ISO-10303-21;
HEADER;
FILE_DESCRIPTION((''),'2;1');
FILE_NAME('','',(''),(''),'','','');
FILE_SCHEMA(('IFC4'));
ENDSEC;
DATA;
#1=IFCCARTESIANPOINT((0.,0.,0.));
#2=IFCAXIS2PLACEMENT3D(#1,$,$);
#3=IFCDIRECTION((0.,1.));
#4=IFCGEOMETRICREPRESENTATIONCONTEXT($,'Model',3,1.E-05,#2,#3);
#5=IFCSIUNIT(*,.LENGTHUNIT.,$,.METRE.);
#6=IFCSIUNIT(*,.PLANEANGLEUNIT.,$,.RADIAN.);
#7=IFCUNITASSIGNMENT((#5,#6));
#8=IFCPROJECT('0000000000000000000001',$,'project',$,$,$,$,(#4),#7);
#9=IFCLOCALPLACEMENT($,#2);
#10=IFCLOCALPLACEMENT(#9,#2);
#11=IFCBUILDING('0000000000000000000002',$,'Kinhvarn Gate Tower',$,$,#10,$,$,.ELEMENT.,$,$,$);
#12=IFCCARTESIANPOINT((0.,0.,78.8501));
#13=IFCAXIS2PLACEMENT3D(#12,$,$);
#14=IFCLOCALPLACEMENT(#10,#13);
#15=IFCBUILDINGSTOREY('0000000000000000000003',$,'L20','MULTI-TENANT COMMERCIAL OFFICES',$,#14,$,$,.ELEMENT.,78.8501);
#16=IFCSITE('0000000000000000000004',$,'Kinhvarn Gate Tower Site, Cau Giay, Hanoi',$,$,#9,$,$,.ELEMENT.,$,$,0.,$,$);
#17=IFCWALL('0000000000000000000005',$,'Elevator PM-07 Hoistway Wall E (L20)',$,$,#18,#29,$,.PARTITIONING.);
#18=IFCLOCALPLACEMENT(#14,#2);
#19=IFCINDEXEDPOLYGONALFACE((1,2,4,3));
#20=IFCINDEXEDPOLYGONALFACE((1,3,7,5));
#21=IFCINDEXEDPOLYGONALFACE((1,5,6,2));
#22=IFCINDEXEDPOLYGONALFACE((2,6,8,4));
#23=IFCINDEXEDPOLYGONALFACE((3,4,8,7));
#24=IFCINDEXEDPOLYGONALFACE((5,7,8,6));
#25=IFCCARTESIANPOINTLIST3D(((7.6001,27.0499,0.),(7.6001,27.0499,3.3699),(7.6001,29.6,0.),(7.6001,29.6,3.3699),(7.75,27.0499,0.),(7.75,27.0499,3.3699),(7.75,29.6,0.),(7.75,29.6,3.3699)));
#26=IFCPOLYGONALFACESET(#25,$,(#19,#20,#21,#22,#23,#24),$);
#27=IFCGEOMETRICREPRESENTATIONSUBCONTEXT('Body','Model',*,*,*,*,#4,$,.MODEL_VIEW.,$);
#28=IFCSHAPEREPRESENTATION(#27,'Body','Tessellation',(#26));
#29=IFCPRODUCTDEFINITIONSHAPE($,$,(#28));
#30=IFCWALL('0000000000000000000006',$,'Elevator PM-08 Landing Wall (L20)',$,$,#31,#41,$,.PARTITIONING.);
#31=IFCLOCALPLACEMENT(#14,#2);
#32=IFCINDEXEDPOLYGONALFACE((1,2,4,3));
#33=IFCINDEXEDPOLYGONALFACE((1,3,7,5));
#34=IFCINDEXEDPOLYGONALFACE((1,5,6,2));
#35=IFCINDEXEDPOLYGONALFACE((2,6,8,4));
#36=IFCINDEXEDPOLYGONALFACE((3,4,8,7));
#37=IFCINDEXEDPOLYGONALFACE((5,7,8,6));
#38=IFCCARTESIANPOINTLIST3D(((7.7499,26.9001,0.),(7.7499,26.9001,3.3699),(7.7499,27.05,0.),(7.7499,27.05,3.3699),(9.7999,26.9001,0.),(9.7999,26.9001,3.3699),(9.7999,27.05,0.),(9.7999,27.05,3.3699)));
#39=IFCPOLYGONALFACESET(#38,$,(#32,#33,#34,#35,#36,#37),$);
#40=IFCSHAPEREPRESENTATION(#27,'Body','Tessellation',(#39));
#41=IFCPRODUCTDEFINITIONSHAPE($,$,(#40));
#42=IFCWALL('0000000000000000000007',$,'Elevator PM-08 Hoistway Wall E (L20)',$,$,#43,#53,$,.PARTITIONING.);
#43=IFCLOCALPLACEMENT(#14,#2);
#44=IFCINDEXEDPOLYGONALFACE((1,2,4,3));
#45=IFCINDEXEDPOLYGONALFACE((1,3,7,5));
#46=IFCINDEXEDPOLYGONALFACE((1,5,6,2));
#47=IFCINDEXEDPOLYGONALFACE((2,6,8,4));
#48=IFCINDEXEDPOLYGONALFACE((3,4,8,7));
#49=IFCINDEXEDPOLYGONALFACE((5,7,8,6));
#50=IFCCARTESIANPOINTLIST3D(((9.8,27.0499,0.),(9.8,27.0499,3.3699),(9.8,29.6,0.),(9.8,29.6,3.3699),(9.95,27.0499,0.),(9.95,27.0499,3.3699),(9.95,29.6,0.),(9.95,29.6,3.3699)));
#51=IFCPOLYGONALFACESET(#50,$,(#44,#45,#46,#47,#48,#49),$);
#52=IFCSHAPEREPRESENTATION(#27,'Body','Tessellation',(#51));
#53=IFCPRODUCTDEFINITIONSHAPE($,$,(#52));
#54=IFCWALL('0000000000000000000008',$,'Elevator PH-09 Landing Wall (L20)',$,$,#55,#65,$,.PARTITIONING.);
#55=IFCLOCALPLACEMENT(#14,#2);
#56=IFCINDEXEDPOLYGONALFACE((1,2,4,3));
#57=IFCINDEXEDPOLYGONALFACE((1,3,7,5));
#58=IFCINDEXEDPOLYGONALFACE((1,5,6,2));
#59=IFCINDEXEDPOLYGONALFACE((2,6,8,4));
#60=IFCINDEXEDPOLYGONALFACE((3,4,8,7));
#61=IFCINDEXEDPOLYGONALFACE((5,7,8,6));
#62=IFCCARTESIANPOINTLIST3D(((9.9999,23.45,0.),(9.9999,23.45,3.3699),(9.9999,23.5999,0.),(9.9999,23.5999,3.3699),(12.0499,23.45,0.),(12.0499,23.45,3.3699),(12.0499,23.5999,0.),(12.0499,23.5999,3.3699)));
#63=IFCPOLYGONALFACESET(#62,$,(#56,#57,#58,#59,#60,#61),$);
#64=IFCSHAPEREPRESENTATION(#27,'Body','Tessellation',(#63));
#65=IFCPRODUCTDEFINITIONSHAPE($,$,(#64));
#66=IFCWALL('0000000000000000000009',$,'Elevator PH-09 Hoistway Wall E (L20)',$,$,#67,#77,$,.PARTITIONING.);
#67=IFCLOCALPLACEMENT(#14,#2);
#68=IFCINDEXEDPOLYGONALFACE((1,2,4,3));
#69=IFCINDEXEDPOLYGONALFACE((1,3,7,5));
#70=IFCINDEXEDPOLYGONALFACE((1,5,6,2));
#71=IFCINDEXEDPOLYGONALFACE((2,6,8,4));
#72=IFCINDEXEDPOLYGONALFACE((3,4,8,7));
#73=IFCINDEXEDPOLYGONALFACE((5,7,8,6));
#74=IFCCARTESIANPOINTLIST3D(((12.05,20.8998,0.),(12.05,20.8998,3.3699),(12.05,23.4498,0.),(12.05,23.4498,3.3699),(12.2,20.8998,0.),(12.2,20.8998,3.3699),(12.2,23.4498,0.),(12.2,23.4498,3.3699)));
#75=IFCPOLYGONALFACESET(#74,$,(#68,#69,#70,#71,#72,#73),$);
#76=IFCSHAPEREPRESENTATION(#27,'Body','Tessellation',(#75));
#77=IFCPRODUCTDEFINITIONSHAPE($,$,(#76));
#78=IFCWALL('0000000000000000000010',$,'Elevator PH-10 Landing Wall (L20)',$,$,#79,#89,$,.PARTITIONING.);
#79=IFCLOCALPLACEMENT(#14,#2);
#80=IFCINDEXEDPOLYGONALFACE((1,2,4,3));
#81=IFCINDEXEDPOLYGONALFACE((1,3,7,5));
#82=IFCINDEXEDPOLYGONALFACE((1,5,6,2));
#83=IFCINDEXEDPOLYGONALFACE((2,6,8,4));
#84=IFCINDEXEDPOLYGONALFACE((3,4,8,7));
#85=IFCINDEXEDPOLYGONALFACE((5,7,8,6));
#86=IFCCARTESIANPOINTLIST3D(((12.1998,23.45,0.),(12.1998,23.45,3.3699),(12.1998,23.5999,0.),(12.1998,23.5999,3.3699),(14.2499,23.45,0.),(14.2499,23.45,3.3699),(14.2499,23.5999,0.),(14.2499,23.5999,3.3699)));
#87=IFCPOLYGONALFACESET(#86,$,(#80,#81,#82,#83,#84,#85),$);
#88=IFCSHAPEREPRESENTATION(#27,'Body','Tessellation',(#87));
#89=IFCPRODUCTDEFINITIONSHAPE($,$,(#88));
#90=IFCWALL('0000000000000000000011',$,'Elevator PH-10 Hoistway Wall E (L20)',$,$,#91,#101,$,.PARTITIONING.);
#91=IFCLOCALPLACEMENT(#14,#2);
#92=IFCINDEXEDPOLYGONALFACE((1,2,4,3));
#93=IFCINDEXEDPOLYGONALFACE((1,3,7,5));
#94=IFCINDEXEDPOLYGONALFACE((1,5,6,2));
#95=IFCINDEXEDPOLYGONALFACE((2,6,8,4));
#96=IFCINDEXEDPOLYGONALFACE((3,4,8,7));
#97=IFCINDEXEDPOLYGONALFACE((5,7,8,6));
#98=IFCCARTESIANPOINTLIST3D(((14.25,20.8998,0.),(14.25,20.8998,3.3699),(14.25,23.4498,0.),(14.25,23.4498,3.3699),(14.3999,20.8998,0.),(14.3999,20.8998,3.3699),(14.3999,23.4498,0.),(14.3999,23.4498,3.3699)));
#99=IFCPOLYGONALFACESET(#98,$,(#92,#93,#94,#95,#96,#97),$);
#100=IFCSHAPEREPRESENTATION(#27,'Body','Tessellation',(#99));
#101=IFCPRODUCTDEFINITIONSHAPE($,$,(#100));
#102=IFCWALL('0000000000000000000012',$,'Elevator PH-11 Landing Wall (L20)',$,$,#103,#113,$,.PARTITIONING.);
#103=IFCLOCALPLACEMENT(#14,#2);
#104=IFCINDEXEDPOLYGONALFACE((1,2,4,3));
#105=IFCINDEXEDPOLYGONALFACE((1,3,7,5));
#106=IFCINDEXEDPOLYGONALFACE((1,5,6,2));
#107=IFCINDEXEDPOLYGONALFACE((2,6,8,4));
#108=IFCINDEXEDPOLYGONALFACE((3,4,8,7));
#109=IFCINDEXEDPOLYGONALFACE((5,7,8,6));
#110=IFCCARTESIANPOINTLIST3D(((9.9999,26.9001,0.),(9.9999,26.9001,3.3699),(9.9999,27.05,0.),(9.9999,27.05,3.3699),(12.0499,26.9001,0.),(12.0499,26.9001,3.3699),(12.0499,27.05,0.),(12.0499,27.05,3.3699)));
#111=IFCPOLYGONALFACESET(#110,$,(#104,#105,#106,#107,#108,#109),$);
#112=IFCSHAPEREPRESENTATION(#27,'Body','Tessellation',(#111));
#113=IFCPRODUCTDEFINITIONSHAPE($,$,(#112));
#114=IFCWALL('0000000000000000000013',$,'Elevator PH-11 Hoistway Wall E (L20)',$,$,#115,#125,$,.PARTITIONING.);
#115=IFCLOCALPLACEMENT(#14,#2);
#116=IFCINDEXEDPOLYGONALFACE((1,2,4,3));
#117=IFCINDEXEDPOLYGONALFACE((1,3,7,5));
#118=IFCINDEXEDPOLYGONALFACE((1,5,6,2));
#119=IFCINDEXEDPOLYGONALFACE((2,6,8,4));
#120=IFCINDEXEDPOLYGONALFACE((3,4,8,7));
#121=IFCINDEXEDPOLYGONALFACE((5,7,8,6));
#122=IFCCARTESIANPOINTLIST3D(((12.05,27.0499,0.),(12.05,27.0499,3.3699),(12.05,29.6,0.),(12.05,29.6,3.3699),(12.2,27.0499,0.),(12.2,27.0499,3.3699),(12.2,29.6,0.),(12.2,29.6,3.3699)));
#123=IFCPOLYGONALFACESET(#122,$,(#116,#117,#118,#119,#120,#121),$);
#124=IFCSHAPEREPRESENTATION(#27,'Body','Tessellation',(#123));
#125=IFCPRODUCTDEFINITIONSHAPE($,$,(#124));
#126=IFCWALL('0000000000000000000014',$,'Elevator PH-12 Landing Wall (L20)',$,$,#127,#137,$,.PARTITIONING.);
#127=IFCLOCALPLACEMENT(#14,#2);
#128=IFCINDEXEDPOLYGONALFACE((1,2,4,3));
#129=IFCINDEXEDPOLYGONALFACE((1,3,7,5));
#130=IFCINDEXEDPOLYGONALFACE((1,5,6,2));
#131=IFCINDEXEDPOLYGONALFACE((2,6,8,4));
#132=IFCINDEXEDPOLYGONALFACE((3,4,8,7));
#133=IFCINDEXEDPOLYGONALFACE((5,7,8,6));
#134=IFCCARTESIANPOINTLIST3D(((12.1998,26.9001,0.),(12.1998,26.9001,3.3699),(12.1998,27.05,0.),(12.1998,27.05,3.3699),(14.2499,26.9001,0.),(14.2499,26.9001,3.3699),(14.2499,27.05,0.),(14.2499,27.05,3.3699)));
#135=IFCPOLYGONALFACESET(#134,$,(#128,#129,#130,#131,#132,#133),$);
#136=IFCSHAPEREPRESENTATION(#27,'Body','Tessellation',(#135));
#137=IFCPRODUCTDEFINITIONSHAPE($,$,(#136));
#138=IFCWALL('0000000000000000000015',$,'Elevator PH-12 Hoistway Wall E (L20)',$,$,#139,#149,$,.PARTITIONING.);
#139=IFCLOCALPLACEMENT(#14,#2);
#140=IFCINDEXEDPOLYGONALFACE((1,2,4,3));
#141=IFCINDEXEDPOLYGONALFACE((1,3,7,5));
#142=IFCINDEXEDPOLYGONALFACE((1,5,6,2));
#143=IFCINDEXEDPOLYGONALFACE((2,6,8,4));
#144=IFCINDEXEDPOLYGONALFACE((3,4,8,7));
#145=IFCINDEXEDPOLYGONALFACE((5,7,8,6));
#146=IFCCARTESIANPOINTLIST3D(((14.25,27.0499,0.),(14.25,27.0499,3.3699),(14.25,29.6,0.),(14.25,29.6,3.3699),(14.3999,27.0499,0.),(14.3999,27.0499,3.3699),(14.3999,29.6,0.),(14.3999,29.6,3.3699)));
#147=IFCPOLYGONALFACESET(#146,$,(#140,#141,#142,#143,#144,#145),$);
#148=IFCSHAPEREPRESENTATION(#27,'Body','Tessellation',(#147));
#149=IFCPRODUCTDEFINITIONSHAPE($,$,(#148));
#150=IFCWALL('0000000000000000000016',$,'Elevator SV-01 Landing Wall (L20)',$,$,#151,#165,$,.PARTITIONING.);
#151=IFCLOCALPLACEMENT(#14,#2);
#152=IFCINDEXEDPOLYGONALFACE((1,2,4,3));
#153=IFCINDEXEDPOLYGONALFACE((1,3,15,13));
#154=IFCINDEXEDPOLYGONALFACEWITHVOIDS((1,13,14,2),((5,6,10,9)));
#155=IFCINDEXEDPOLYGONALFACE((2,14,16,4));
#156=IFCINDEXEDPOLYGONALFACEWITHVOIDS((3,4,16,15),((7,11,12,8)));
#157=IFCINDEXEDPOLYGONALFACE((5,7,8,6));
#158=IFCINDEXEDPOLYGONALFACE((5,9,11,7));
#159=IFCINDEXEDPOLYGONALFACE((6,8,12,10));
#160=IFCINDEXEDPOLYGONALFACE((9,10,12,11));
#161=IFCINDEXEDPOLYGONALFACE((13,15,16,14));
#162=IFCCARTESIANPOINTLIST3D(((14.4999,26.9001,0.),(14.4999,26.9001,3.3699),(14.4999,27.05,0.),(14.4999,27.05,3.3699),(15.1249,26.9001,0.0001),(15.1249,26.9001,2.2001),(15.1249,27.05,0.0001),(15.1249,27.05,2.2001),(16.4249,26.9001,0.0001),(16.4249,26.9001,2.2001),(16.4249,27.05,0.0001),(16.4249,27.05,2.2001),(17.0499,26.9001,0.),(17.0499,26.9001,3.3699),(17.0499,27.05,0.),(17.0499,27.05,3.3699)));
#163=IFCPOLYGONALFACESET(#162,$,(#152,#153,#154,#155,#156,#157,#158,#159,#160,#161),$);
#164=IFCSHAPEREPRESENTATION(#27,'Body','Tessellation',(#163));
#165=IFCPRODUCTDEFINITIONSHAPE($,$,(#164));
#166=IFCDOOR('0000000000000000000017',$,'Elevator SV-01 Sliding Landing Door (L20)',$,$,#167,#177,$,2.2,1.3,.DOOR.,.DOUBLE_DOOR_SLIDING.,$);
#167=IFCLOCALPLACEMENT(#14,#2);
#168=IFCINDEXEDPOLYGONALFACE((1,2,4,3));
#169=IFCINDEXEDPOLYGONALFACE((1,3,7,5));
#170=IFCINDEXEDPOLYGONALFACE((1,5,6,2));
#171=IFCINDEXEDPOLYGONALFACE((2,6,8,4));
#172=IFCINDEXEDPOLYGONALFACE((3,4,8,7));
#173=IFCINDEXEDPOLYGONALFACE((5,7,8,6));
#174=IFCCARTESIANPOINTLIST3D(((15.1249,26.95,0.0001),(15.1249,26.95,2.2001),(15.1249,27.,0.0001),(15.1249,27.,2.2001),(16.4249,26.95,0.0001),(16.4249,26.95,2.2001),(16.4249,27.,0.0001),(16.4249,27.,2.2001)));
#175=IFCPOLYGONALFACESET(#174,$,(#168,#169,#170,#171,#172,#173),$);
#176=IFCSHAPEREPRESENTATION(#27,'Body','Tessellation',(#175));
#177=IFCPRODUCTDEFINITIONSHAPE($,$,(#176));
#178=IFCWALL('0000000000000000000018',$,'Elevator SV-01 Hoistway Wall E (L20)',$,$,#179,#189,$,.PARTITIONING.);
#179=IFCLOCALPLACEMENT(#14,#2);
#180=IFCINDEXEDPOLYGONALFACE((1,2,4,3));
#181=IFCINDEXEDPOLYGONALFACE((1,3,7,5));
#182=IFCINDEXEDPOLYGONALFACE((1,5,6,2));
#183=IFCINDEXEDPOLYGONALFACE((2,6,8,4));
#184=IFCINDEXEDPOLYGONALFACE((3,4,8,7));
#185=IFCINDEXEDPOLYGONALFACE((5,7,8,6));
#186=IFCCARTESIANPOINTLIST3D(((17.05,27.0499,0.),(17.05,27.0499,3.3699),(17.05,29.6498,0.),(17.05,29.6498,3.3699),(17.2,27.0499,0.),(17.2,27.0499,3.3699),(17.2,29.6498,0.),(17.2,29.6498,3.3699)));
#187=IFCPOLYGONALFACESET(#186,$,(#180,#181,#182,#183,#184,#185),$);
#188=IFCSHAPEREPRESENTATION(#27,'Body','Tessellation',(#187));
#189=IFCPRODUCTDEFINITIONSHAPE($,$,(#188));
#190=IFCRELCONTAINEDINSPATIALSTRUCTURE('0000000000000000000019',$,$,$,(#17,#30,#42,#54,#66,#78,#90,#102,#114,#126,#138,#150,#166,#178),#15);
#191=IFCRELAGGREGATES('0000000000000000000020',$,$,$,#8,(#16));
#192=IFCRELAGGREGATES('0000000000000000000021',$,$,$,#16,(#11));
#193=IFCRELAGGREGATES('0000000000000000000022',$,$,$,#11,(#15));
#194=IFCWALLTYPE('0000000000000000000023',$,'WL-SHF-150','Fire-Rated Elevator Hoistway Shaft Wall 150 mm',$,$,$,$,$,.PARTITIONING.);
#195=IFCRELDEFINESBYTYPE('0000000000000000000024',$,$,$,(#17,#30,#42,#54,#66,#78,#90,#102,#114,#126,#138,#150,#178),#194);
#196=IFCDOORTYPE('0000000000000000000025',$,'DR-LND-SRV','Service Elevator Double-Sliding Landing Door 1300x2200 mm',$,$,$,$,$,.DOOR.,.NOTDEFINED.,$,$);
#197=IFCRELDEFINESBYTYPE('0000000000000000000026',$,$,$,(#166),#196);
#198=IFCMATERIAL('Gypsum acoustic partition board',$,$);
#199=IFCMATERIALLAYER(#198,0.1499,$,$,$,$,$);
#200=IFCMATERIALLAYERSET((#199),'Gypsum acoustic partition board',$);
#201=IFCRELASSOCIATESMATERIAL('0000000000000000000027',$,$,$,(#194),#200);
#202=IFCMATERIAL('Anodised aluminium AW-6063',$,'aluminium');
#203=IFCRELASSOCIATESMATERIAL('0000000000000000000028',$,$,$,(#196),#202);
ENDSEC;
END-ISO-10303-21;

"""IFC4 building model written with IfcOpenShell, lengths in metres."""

from ifc_helpers import new_model, si_unit, direction, frame, frame_2d, origin, place, context, subcontext, project, spatial, rectangle, extrude, material, layer, layer_set, type_object, element, fill, save


model = new_model("IFC4")

# Units and contexts
model_context = context("Model", 3, precision=1e-05, world=origin(), true_north=direction((0.0, 1.0)))
body_context = subcontext(model_context, "Body", "Model", "MODEL_VIEW")
ifc_project = project(units=[si_unit("LENGTHUNIT", "METRE"), si_unit("PLANEANGLEUNIT", "RADIAN")], contexts=[model_context])

# Site, building, storey
site_placement = place(None, origin())
site = spatial("IfcSite", under=ifc_project, at=site_placement, Name="Kinhvarn Gate Tower Site, Cau Giay, Hanoi", CompositionType="ELEMENT", RefElevation=0.0)
building_placement = place(site_placement, origin())
building = spatial("IfcBuilding", under=site, at=building_placement, Name="Kinhvarn Gate Tower", CompositionType="ELEMENT")
storey_placement = place(building_placement, frame((0.0, 0.0, 78.8501)))
storey = spatial("IfcBuildingStorey", under=building, at=storey_placement, Name="L20", Description="MULTI-TENANT COMMERCIAL OFFICES", CompositionType="ELEMENT", Elevation=78.8501)

# Shared definitions
ifc_material_1 = material(Name="Anodised aluminium AW-6063", Category="aluminium")
ifc_material_2 = material(Name="Gypsum acoustic partition board")

# Walls
ifc_layer_1 = layer(ifc_material_2, 0.1499)
ifc_layer_set_1 = layer_set([ifc_layer_1], Name="Gypsum acoustic partition board")
wall_type_1 = type_object("IfcWallType", Name="WL-SHF-150", Description="Fire-Rated Elevator Hoistway Shaft Wall 150 mm", PredefinedType="PARTITIONING", material=ifc_layer_set_1)
for number, where, z_axis, x_axis, name in (
    (1, (7.675, 27.05, 0.0), (0.0, 0.0, 1.0), (0.0, 1.0, 0.0), "Elevator PM-07 Hoistway Wall E (L20)"),
):
    element("IfcWall", number, at=place(storey_placement, frame(where, z_axis=z_axis, x_axis=x_axis)), inside=storey, type_object=wall_type_1, Name=name, PredefinedType="PARTITIONING", context=body_context, shape_type="SweptSolid", body=[
        extrude(rectangle(XDim=2.55, YDim=0.1499, at=frame_2d((1.2749, 0.0))), origin(), (0.0, 0.0, 1.0), 3.3699),
    ])
wall_1_placement = place(storey_placement, frame((7.75, 26.9751, 0.0), z_axis=(0.0, 0.0, 1.0), x_axis=(1.0, 0.0, 0.0)))
element("IfcWall", 2, at=wall_1_placement, inside=storey, type_object=wall_type_1, Name="Elevator PM-08 Landing Wall (L20)", PredefinedType="PARTITIONING", context=body_context, shape_type="SweptSolid", body=[
    extrude(rectangle(XDim=2.05, YDim=0.1499, at=frame_2d((1.0249, 0.0))), origin(), (0.0, 0.0, 1.0), 3.3699),
])
wall_2_placement = place(storey_placement, frame((9.875, 27.05, 0.0), z_axis=(0.0, 0.0, 1.0), x_axis=(0.0, 1.0, 0.0)))
element("IfcWall", 3, at=wall_2_placement, inside=storey, type_object=wall_type_1, Name="Elevator PM-08 Hoistway Wall E (L20)", PredefinedType="PARTITIONING", context=body_context, shape_type="SweptSolid", body=[
    extrude(rectangle(XDim=2.55, YDim=0.1499, at=frame_2d((1.2749, 0.0))), origin(), (0.0, 0.0, 1.0), 3.3699),
])
wall_3_placement = place(storey_placement, frame((10.0, 23.5249, 0.0), z_axis=(0.0, 0.0, 1.0), x_axis=(1.0, 0.0, 0.0)))
element("IfcWall", 4, at=wall_3_placement, inside=storey, type_object=wall_type_1, Name="Elevator PH-09 Landing Wall (L20)", PredefinedType="PARTITIONING", context=body_context, shape_type="SweptSolid", body=[
    extrude(rectangle(XDim=2.05, YDim=0.1499, at=frame_2d((1.0249, 0.0))), origin(), (0.0, 0.0, 1.0), 3.3699),
])
wall_4_placement = place(storey_placement, frame((12.125, 20.8999, 0.0), z_axis=(0.0, 0.0, 1.0), x_axis=(0.0, 1.0, 0.0)))
element("IfcWall", 5, at=wall_4_placement, inside=storey, type_object=wall_type_1, Name="Elevator PH-09 Hoistway Wall E (L20)", PredefinedType="PARTITIONING", context=body_context, shape_type="SweptSolid", body=[
    extrude(rectangle(XDim=2.55, YDim=0.1499, at=frame_2d((1.2749, 0.0))), origin(), (0.0, 0.0, 1.0), 3.3699),
])
wall_5_placement = place(storey_placement, frame((12.2, 23.5249, 0.0), z_axis=(0.0, 0.0, 1.0), x_axis=(1.0, 0.0, 0.0)))
element("IfcWall", 6, at=wall_5_placement, inside=storey, type_object=wall_type_1, Name="Elevator PH-10 Landing Wall (L20)", PredefinedType="PARTITIONING", context=body_context, shape_type="SweptSolid", body=[
    extrude(rectangle(XDim=2.05, YDim=0.1499, at=frame_2d((1.0249, 0.0))), origin(), (0.0, 0.0, 1.0), 3.3699),
])
wall_6_placement = place(storey_placement, frame((14.325, 20.8999, 0.0), z_axis=(0.0, 0.0, 1.0), x_axis=(0.0, 1.0, 0.0)))
element("IfcWall", 7, at=wall_6_placement, inside=storey, type_object=wall_type_1, Name="Elevator PH-10 Hoistway Wall E (L20)", PredefinedType="PARTITIONING", context=body_context, shape_type="SweptSolid", body=[
    extrude(rectangle(XDim=2.55, YDim=0.1499, at=frame_2d((1.2749, 0.0))), origin(), (0.0, 0.0, 1.0), 3.3699),
])
wall_7_placement = place(storey_placement, frame((10.0, 26.9751, 0.0), z_axis=(0.0, 0.0, 1.0), x_axis=(1.0, 0.0, 0.0)))
element("IfcWall", 8, at=wall_7_placement, inside=storey, type_object=wall_type_1, Name="Elevator PH-11 Landing Wall (L20)", PredefinedType="PARTITIONING", context=body_context, shape_type="SweptSolid", body=[
    extrude(rectangle(XDim=2.05, YDim=0.1499, at=frame_2d((1.0249, 0.0))), origin(), (0.0, 0.0, 1.0), 3.3699),
])
wall_8_placement = place(storey_placement, frame((12.125, 27.05, 0.0), z_axis=(0.0, 0.0, 1.0), x_axis=(0.0, 1.0, 0.0)))
element("IfcWall", 9, at=wall_8_placement, inside=storey, type_object=wall_type_1, Name="Elevator PH-11 Hoistway Wall E (L20)", PredefinedType="PARTITIONING", context=body_context, shape_type="SweptSolid", body=[
    extrude(rectangle(XDim=2.55, YDim=0.1499, at=frame_2d((1.2749, 0.0))), origin(), (0.0, 0.0, 1.0), 3.3699),
])
wall_9_placement = place(storey_placement, frame((12.2, 26.9751, 0.0), z_axis=(0.0, 0.0, 1.0), x_axis=(1.0, 0.0, 0.0)))
element("IfcWall", 10, at=wall_9_placement, inside=storey, type_object=wall_type_1, Name="Elevator PH-12 Landing Wall (L20)", PredefinedType="PARTITIONING", context=body_context, shape_type="SweptSolid", body=[
    extrude(rectangle(XDim=2.05, YDim=0.1499, at=frame_2d((1.0249, 0.0))), origin(), (0.0, 0.0, 1.0), 3.3699),
])
wall_10_placement = place(storey_placement, frame((14.325, 27.05, 0.0), z_axis=(0.0, 0.0, 1.0), x_axis=(0.0, 1.0, 0.0)))
element("IfcWall", 11, at=wall_10_placement, inside=storey, type_object=wall_type_1, Name="Elevator PH-12 Hoistway Wall E (L20)", PredefinedType="PARTITIONING", context=body_context, shape_type="SweptSolid", body=[
    extrude(rectangle(XDim=2.55, YDim=0.1499, at=frame_2d((1.2749, 0.0))), origin(), (0.0, 0.0, 1.0), 3.3699),
])

# Wall, opening, door
wall_11_placement = place(storey_placement, frame((14.5, 26.9751, 0.0), z_axis=(0.0, 0.0, 1.0), x_axis=(1.0, 0.0, 0.0)))
wall_11 = element("IfcWall", 12, at=wall_11_placement, inside=storey, type_object=wall_type_1, Name="Elevator SV-01 Landing Wall (L20)", PredefinedType="PARTITIONING", context=body_context, shape_type="SweptSolid", body=[
    extrude(rectangle(XDim=2.55, YDim=0.1499, at=frame_2d((1.2749, 0.0))), origin(), (0.0, 0.0, 1.0), 3.3699),
])
opening_1_placement = place(wall_11_placement, frame((0.625, 0.0, 0.0)))
opening_1 = element("IfcOpeningElement", 13, at=opening_1_placement, cuts=wall_11, PredefinedType="OPENING", context=body_context, shape_type="SweptSolid", body=[
    extrude(rectangle(XDim=1.3, YDim=2.2, at=frame_2d((0.6499, 1.1001))), frame((0.0, 0.085, 0.0), z_axis=(0.0, -1.0, 0.0), x_axis=(1.0, 0.0, 0.0)), (0.0, 0.0, 1.0), 0.1699),
])
door_type_1 = type_object("IfcDoorType", Name="DR-LND-SRV", Description="Service Elevator Double-Sliding Landing Door 1300x2200 mm", OperationType="NOTDEFINED", PredefinedType="DOOR", material=ifc_material_1)
door_1_placement = place(opening_1_placement, origin())
door_1 = element("IfcDoor", 14, at=door_1_placement, inside=storey, type_object=door_type_1, Name="Elevator SV-01 Sliding Landing Door (L20)", OperationType="DOUBLE_DOOR_SLIDING", OverallHeight=2.2, OverallWidth=1.3, PredefinedType="DOOR", context=body_context, shape_type="SweptSolid", body=[
    extrude(rectangle(XDim=1.3, YDim=2.2, at=frame_2d((0.6499, 1.1001))), frame((0.0, 0.0249, 0.0), z_axis=(0.0, -1.0, 0.0), x_axis=(1.0, 0.0, 0.0)), (0.0, 0.0, 1.0), 0.05),
])
fill(opening_1, door_1)

# Wall
wall_12_placement = place(storey_placement, frame((17.125, 27.05, 0.0), z_axis=(0.0, 0.0, 1.0), x_axis=(0.0, 1.0, 0.0)))
element("IfcWall", 15, at=wall_12_placement, inside=storey, type_object=wall_type_1, Name="Elevator SV-01 Hoistway Wall E (L20)", PredefinedType="PARTITIONING", context=body_context, shape_type="SweptSolid", body=[
    extrude(rectangle(XDim=2.5999, YDim=0.1499, at=frame_2d((1.2998, 0.0))), origin(), (0.0, 0.0, 1.0), 3.3699),
])

save(model, "model.ifc")
